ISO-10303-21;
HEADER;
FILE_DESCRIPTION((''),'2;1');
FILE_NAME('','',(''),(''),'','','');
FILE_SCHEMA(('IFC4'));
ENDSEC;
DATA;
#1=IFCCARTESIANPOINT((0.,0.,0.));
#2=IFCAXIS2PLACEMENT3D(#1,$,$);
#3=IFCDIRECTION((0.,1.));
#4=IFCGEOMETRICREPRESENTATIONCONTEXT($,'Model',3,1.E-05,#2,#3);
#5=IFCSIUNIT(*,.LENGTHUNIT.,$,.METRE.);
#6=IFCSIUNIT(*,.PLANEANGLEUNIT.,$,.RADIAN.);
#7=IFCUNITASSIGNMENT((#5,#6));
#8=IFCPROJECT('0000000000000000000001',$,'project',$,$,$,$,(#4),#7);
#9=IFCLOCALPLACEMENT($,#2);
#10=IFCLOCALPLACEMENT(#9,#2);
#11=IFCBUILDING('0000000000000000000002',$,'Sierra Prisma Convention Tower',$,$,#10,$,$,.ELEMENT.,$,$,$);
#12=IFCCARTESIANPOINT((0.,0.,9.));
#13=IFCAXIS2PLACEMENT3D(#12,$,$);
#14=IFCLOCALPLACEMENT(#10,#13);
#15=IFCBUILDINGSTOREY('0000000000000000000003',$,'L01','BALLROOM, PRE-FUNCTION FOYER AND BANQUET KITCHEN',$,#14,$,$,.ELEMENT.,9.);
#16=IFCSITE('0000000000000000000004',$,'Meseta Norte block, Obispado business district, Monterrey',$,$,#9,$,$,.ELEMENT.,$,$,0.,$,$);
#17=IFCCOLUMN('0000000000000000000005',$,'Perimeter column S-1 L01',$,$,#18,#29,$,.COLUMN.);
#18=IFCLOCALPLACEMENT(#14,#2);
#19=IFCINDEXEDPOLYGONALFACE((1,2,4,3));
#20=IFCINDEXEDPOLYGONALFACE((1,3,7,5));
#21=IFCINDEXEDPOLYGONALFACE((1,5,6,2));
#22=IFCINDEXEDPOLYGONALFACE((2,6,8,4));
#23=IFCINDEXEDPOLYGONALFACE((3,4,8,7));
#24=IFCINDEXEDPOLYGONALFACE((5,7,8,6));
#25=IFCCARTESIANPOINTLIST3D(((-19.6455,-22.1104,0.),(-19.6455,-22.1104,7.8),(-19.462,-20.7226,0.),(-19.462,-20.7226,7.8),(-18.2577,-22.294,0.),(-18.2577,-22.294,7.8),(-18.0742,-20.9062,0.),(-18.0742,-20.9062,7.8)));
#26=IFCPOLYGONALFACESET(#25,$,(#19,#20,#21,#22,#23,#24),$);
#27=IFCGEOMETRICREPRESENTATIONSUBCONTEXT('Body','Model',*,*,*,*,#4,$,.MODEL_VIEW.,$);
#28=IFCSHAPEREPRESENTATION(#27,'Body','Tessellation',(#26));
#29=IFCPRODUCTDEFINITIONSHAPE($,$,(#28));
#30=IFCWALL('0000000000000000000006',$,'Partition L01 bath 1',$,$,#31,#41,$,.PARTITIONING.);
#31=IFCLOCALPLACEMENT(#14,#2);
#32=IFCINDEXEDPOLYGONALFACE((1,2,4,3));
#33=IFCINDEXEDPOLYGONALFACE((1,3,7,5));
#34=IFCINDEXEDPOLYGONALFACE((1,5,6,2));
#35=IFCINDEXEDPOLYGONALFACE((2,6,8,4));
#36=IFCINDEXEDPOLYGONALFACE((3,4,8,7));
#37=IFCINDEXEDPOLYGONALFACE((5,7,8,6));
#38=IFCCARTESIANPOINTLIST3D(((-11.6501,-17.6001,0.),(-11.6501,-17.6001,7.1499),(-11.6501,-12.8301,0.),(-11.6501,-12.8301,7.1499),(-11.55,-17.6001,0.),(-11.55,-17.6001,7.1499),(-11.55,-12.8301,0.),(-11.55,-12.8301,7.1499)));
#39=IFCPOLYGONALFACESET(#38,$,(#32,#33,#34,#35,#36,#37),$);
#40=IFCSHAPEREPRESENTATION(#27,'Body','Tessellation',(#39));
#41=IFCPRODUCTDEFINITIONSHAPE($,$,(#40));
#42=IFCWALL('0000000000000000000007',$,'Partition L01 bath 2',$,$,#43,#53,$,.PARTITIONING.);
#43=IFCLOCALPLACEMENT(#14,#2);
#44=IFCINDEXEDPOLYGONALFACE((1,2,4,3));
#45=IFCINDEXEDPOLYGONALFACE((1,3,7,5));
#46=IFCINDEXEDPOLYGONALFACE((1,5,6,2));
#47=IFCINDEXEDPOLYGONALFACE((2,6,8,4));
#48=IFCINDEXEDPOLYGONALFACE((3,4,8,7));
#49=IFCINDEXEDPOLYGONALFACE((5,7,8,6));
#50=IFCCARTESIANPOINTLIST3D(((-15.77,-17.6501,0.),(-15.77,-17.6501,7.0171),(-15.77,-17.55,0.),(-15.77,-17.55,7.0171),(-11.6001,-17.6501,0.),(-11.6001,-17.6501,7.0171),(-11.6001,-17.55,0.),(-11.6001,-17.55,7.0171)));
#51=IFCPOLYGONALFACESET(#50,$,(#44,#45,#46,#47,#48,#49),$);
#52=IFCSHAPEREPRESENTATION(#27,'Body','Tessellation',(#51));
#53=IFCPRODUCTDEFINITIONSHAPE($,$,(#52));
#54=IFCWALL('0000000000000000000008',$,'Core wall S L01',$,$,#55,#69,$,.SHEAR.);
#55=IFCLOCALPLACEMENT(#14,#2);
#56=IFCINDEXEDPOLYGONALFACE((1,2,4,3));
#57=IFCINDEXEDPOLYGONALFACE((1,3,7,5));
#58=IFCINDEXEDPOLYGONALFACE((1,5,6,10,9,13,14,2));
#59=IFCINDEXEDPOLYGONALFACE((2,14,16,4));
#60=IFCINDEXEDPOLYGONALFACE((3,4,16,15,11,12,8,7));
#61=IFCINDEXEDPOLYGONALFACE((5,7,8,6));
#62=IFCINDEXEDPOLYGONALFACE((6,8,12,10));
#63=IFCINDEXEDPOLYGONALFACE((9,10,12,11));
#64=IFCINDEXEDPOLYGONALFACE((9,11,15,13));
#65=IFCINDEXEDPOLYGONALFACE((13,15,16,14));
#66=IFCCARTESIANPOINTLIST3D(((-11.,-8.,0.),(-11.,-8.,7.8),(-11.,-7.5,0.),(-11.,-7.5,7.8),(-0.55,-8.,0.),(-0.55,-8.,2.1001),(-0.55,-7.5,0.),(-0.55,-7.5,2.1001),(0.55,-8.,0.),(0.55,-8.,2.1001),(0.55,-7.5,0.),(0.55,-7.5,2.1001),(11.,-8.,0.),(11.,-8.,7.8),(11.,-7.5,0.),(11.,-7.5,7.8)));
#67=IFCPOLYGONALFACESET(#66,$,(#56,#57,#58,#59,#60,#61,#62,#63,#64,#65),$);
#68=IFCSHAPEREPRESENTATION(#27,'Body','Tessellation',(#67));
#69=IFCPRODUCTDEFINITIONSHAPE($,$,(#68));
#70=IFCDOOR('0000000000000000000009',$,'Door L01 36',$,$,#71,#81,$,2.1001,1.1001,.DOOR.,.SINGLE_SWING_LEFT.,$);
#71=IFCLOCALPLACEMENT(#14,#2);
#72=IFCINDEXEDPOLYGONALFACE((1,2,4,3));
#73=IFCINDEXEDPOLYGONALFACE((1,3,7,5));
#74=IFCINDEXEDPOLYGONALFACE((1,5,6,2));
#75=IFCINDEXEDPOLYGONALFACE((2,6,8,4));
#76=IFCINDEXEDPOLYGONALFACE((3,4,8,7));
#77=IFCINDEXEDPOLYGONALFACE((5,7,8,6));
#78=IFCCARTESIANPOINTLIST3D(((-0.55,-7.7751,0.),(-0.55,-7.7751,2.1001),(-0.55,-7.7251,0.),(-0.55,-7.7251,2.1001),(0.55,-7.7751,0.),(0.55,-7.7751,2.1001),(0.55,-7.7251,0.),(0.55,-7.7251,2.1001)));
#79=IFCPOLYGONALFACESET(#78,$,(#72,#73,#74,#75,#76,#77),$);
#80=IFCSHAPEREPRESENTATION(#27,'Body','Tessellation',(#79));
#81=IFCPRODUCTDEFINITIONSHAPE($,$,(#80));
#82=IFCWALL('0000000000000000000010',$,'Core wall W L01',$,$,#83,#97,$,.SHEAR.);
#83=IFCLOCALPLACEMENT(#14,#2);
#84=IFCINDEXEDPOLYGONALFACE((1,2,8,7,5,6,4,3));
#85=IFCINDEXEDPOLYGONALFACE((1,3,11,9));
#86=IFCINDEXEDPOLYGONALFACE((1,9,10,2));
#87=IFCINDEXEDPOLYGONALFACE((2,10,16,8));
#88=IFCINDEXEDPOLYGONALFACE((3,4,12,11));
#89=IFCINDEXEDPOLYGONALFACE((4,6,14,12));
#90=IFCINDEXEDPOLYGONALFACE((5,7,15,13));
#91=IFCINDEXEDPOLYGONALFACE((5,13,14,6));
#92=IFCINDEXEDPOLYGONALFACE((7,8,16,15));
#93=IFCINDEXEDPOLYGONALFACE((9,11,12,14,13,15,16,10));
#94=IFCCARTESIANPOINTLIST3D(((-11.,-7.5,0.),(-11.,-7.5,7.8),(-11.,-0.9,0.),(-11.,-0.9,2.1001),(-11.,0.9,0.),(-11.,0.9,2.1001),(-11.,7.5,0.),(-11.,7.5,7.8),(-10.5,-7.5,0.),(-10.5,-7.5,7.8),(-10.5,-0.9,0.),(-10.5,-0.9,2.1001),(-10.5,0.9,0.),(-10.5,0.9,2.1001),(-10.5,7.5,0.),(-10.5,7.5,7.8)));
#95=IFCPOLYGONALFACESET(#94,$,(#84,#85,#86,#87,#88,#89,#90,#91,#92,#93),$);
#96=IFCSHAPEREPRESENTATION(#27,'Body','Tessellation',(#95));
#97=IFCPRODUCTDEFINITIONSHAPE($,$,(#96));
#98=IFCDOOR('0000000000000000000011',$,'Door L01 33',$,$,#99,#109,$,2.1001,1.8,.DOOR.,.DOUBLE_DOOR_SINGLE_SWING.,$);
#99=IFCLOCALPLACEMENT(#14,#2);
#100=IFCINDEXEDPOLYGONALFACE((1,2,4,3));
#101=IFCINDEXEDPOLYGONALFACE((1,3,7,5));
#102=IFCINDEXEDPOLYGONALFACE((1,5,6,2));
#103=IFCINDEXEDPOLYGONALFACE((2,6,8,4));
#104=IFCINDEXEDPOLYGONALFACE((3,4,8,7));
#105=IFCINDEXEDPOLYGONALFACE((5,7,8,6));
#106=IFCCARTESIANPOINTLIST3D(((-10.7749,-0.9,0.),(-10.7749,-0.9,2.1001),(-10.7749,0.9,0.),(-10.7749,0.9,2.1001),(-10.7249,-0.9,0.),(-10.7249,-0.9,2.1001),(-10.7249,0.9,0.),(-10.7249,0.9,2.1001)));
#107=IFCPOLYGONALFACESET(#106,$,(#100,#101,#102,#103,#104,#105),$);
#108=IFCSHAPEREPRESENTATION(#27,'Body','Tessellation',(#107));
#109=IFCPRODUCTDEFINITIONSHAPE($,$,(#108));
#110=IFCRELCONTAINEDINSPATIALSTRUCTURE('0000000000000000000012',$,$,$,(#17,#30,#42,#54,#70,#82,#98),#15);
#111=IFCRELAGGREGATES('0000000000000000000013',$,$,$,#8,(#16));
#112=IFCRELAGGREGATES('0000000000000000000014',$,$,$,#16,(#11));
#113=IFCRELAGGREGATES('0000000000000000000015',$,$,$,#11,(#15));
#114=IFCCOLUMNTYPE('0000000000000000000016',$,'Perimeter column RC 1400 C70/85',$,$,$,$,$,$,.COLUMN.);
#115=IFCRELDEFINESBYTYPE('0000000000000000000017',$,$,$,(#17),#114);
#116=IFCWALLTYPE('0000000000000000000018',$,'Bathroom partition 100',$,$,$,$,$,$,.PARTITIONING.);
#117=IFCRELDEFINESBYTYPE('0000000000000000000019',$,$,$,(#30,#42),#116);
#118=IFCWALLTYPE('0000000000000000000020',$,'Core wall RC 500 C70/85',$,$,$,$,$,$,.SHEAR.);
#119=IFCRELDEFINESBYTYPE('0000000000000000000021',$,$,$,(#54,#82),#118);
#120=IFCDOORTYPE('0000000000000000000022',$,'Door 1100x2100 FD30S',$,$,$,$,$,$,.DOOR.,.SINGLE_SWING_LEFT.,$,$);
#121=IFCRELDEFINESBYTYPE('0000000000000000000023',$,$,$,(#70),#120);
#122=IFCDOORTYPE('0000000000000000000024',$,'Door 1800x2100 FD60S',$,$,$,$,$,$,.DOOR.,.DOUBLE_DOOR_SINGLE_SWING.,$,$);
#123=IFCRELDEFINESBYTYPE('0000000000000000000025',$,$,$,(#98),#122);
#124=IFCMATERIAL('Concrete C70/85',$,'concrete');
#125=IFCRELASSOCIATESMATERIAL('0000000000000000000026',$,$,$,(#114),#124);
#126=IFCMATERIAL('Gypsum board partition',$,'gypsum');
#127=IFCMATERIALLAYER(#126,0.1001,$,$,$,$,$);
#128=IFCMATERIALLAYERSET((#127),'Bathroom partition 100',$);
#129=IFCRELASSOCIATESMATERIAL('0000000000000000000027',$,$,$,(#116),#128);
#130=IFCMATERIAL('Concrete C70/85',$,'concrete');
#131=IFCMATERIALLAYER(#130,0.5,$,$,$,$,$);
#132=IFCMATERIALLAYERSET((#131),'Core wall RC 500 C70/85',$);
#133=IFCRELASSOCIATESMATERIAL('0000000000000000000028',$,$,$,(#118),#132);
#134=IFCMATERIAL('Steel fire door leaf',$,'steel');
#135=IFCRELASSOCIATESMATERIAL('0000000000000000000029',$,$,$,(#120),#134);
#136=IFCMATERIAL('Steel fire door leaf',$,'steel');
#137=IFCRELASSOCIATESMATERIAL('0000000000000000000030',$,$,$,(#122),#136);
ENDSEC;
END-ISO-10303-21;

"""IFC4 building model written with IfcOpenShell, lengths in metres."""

from ifc_helpers import new_model, si_unit, direction, frame, frame_2d, origin, origin_2d, place, context, subcontext, project, spatial, rectangle, extrude, material, layer, layer_set, material_profile, profile_set, type_object, element, fill, save


model = new_model("IFC4")

# Units and contexts
model_context = context("Model", 3, precision=1e-05, world=origin(), true_north=direction((0.0, 1.0)))
body_context = subcontext(model_context, "Body", "Model", "MODEL_VIEW")
ifc_project = project(units=[si_unit("LENGTHUNIT", "METRE"), si_unit("PLANEANGLEUNIT", "RADIAN")], contexts=[model_context])

# Site, building, storey
site_placement = place(None, origin())
site = spatial("IfcSite", under=ifc_project, at=site_placement, Name="Meseta Norte block, Obispado business district, Monterrey", CompositionType="ELEMENT", RefElevation=0.0)
building_placement = place(site_placement, origin())
building = spatial("IfcBuilding", under=site, at=building_placement, Name="Sierra Prisma Convention Tower", CompositionType="ELEMENT")
storey_placement = place(building_placement, frame((0.0, 0.0, 9.0)))
storey = spatial("IfcBuildingStorey", under=building, at=storey_placement, Name="L01", Description="BALLROOM, PRE-FUNCTION FOYER AND BANQUET KITCHEN", CompositionType="ELEMENT", Elevation=9.0)

# Column
ifc_material_1 = material(Name="Concrete C70/85", Category="concrete")
ifc_material_profile = material_profile(ifc_material_1, rectangle(XDim=1.3999, YDim=1.3999, at=origin_2d()), Name="Perimeter column RC 1400 C70/85")
ifc_profile_set = profile_set([ifc_material_profile], Name="Concrete C70/85")
column_type = type_object("IfcColumnType", Name="Perimeter column RC 1400 C70/85", PredefinedType="COLUMN", material=ifc_profile_set)
column_placement = place(storey_placement, frame((-18.8599, -21.5083, 0.0), z_axis=(0.0, 0.0, 1.0), x_axis=(-0.991367, 0.131115, 0.0)))
element("IfcColumn", 1, at=column_placement, inside=storey, type_object=column_type, Name="Perimeter column S-1 L01", PredefinedType="COLUMN", context=body_context, shape_type="SweptSolid", body=[
    extrude(rectangle(XDim=1.3999, YDim=1.3999, at=origin_2d()), origin(), (0.0, 0.0, 1.0), 7.8),
])

# Walls
ifc_material_2 = material(Name="Gypsum board partition", Category="gypsum")
ifc_layer_1 = layer(ifc_material_2, 0.1001)
ifc_layer_set_1 = layer_set([ifc_layer_1], Name="Bathroom partition 100")
wall_type_1 = type_object("IfcWallType", Name="Bathroom partition 100", PredefinedType="PARTITIONING", material=ifc_layer_set_1)
wall_1_placement = place(storey_placement, frame((-11.6001, -12.8301, 0.0), z_axis=(0.0, 0.0, 1.0), x_axis=(0.0, -1.0, 0.0)))
element("IfcWall", 2, at=wall_1_placement, inside=storey, type_object=wall_type_1, Name="Partition L01 bath 1", PredefinedType="PARTITIONING", context=body_context, shape_type="SweptSolid", body=[
    extrude(rectangle(XDim=4.77, YDim=0.1001, at=frame_2d((2.385, 0.0))), origin(), (0.0, 0.0, 1.0), 7.1499),
])
wall_2_placement = place(storey_placement, frame((-11.6001, -17.6001, 0.0), z_axis=(0.0, 0.0, 1.0), x_axis=(-1.0, 0.0, 0.0)))
element("IfcWall", 3, at=wall_2_placement, inside=storey, type_object=wall_type_1, Name="Partition L01 bath 2", PredefinedType="PARTITIONING", context=body_context, shape_type="SweptSolid", body=[
    extrude(rectangle(XDim=4.1699, YDim=0.1001, at=frame_2d((2.085, 0.0))), origin(), (0.0, 0.0, 1.0), 7.0171),
])

# Walls, openings, doors
ifc_material_3 = material(Name="Concrete C70/85", Category="concrete")
ifc_layer_2 = layer(ifc_material_3, 0.5)
ifc_layer_set_2 = layer_set([ifc_layer_2], Name="Core wall RC 500 C70/85")
wall_type_2 = type_object("IfcWallType", Name="Core wall RC 500 C70/85", PredefinedType="SHEAR", material=ifc_layer_set_2)
wall_3_placement = place(storey_placement, frame((-11.0, -7.75, 0.0), z_axis=(0.0, 0.0, 1.0), x_axis=(1.0, 0.0, 0.0)))
wall_3 = element("IfcWall", 4, at=wall_3_placement, inside=storey, type_object=wall_type_2, Name="Core wall S L01", PredefinedType="SHEAR", context=body_context, shape_type="SweptSolid", body=[
    extrude(rectangle(XDim=22.0, YDim=0.5, at=frame_2d((11.0, 0.0))), origin(), (0.0, 0.0, 1.0), 7.8),
])
opening_1_placement = place(wall_3_placement, frame((10.45, 0.0, 0.0)))
opening_1 = element("IfcOpeningElement", 5, at=opening_1_placement, cuts=wall_3, PredefinedType="OPENING", context=body_context, shape_type="SweptSolid", body=[
    extrude(rectangle(XDim=1.1001, YDim=2.1001, at=frame_2d((0.55, 1.05))), frame((0.0, 0.25, 0.0), z_axis=(0.0, -1.0, 0.0), x_axis=(1.0, 0.0, 0.0)), (0.0, 0.0, 1.0), 0.5),
])
ifc_material_4 = material(Name="Steel fire door leaf", Category="steel")
door_type_1 = type_object("IfcDoorType", Name="Door 1100x2100 FD30S", OperationType="SINGLE_SWING_LEFT", PredefinedType="DOOR", material=ifc_material_4)
door_1_placement = place(opening_1_placement, origin())
door_1 = element("IfcDoor", 6, at=door_1_placement, inside=storey, type_object=door_type_1, Name="Door L01 36", OperationType="SINGLE_SWING_LEFT", OverallHeight=2.1001, OverallWidth=1.1001, PredefinedType="DOOR", context=body_context, shape_type="SweptSolid", body=[
    extrude(rectangle(XDim=1.1001, YDim=2.1001, at=frame_2d((0.55, 1.05))), frame((0.0, 0.0249, 0.0), z_axis=(0.0, -1.0, 0.0), x_axis=(1.0, 0.0, 0.0)), (0.0, 0.0, 1.0), 0.05),
])
fill(opening_1, door_1)
wall_4_placement = place(storey_placement, frame((-10.75, -7.5, 0.0), z_axis=(0.0, 0.0, 1.0), x_axis=(0.0, 1.0, 0.0)))
wall_4 = element("IfcWall", 7, at=wall_4_placement, inside=storey, type_object=wall_type_2, Name="Core wall W L01", PredefinedType="SHEAR", context=body_context, shape_type="SweptSolid", body=[
    extrude(rectangle(XDim=15.0, YDim=0.5, at=frame_2d((7.5, 0.0))), origin(), (0.0, 0.0, 1.0), 7.8),
])
opening_2_placement = place(wall_4_placement, frame((6.6001, 0.0, 0.0)))
opening_2 = element("IfcOpeningElement", 8, at=opening_2_placement, cuts=wall_4, PredefinedType="OPENING", context=body_context, shape_type="SweptSolid", body=[
    extrude(rectangle(XDim=1.8, YDim=2.1001, at=frame_2d((0.8999, 1.05))), frame((0.0, 0.25, 0.0), z_axis=(0.0, -1.0, 0.0), x_axis=(1.0, 0.0, 0.0)), (0.0, 0.0, 1.0), 0.5),
])
ifc_material_5 = material(Name="Steel fire door leaf", Category="steel")
door_type_2 = type_object("IfcDoorType", Name="Door 1800x2100 FD60S", OperationType="DOUBLE_DOOR_SINGLE_SWING", PredefinedType="DOOR", material=ifc_material_5)
door_2_placement = place(opening_2_placement, origin())
door_2 = element("IfcDoor", 9, at=door_2_placement, inside=storey, type_object=door_type_2, Name="Door L01 33", OperationType="DOUBLE_DOOR_SINGLE_SWING", OverallHeight=2.1001, OverallWidth=1.8, PredefinedType="DOOR", context=body_context, shape_type="SweptSolid", body=[
    extrude(rectangle(XDim=1.8, YDim=2.1001, at=frame_2d((0.8999, 1.05))), frame((0.0, 0.0249, 0.0), z_axis=(0.0, -1.0, 0.0), x_axis=(1.0, 0.0, 0.0)), (0.0, 0.0, 1.0), 0.05),
])
fill(opening_2, door_2)

save(model, "model.ifc")
